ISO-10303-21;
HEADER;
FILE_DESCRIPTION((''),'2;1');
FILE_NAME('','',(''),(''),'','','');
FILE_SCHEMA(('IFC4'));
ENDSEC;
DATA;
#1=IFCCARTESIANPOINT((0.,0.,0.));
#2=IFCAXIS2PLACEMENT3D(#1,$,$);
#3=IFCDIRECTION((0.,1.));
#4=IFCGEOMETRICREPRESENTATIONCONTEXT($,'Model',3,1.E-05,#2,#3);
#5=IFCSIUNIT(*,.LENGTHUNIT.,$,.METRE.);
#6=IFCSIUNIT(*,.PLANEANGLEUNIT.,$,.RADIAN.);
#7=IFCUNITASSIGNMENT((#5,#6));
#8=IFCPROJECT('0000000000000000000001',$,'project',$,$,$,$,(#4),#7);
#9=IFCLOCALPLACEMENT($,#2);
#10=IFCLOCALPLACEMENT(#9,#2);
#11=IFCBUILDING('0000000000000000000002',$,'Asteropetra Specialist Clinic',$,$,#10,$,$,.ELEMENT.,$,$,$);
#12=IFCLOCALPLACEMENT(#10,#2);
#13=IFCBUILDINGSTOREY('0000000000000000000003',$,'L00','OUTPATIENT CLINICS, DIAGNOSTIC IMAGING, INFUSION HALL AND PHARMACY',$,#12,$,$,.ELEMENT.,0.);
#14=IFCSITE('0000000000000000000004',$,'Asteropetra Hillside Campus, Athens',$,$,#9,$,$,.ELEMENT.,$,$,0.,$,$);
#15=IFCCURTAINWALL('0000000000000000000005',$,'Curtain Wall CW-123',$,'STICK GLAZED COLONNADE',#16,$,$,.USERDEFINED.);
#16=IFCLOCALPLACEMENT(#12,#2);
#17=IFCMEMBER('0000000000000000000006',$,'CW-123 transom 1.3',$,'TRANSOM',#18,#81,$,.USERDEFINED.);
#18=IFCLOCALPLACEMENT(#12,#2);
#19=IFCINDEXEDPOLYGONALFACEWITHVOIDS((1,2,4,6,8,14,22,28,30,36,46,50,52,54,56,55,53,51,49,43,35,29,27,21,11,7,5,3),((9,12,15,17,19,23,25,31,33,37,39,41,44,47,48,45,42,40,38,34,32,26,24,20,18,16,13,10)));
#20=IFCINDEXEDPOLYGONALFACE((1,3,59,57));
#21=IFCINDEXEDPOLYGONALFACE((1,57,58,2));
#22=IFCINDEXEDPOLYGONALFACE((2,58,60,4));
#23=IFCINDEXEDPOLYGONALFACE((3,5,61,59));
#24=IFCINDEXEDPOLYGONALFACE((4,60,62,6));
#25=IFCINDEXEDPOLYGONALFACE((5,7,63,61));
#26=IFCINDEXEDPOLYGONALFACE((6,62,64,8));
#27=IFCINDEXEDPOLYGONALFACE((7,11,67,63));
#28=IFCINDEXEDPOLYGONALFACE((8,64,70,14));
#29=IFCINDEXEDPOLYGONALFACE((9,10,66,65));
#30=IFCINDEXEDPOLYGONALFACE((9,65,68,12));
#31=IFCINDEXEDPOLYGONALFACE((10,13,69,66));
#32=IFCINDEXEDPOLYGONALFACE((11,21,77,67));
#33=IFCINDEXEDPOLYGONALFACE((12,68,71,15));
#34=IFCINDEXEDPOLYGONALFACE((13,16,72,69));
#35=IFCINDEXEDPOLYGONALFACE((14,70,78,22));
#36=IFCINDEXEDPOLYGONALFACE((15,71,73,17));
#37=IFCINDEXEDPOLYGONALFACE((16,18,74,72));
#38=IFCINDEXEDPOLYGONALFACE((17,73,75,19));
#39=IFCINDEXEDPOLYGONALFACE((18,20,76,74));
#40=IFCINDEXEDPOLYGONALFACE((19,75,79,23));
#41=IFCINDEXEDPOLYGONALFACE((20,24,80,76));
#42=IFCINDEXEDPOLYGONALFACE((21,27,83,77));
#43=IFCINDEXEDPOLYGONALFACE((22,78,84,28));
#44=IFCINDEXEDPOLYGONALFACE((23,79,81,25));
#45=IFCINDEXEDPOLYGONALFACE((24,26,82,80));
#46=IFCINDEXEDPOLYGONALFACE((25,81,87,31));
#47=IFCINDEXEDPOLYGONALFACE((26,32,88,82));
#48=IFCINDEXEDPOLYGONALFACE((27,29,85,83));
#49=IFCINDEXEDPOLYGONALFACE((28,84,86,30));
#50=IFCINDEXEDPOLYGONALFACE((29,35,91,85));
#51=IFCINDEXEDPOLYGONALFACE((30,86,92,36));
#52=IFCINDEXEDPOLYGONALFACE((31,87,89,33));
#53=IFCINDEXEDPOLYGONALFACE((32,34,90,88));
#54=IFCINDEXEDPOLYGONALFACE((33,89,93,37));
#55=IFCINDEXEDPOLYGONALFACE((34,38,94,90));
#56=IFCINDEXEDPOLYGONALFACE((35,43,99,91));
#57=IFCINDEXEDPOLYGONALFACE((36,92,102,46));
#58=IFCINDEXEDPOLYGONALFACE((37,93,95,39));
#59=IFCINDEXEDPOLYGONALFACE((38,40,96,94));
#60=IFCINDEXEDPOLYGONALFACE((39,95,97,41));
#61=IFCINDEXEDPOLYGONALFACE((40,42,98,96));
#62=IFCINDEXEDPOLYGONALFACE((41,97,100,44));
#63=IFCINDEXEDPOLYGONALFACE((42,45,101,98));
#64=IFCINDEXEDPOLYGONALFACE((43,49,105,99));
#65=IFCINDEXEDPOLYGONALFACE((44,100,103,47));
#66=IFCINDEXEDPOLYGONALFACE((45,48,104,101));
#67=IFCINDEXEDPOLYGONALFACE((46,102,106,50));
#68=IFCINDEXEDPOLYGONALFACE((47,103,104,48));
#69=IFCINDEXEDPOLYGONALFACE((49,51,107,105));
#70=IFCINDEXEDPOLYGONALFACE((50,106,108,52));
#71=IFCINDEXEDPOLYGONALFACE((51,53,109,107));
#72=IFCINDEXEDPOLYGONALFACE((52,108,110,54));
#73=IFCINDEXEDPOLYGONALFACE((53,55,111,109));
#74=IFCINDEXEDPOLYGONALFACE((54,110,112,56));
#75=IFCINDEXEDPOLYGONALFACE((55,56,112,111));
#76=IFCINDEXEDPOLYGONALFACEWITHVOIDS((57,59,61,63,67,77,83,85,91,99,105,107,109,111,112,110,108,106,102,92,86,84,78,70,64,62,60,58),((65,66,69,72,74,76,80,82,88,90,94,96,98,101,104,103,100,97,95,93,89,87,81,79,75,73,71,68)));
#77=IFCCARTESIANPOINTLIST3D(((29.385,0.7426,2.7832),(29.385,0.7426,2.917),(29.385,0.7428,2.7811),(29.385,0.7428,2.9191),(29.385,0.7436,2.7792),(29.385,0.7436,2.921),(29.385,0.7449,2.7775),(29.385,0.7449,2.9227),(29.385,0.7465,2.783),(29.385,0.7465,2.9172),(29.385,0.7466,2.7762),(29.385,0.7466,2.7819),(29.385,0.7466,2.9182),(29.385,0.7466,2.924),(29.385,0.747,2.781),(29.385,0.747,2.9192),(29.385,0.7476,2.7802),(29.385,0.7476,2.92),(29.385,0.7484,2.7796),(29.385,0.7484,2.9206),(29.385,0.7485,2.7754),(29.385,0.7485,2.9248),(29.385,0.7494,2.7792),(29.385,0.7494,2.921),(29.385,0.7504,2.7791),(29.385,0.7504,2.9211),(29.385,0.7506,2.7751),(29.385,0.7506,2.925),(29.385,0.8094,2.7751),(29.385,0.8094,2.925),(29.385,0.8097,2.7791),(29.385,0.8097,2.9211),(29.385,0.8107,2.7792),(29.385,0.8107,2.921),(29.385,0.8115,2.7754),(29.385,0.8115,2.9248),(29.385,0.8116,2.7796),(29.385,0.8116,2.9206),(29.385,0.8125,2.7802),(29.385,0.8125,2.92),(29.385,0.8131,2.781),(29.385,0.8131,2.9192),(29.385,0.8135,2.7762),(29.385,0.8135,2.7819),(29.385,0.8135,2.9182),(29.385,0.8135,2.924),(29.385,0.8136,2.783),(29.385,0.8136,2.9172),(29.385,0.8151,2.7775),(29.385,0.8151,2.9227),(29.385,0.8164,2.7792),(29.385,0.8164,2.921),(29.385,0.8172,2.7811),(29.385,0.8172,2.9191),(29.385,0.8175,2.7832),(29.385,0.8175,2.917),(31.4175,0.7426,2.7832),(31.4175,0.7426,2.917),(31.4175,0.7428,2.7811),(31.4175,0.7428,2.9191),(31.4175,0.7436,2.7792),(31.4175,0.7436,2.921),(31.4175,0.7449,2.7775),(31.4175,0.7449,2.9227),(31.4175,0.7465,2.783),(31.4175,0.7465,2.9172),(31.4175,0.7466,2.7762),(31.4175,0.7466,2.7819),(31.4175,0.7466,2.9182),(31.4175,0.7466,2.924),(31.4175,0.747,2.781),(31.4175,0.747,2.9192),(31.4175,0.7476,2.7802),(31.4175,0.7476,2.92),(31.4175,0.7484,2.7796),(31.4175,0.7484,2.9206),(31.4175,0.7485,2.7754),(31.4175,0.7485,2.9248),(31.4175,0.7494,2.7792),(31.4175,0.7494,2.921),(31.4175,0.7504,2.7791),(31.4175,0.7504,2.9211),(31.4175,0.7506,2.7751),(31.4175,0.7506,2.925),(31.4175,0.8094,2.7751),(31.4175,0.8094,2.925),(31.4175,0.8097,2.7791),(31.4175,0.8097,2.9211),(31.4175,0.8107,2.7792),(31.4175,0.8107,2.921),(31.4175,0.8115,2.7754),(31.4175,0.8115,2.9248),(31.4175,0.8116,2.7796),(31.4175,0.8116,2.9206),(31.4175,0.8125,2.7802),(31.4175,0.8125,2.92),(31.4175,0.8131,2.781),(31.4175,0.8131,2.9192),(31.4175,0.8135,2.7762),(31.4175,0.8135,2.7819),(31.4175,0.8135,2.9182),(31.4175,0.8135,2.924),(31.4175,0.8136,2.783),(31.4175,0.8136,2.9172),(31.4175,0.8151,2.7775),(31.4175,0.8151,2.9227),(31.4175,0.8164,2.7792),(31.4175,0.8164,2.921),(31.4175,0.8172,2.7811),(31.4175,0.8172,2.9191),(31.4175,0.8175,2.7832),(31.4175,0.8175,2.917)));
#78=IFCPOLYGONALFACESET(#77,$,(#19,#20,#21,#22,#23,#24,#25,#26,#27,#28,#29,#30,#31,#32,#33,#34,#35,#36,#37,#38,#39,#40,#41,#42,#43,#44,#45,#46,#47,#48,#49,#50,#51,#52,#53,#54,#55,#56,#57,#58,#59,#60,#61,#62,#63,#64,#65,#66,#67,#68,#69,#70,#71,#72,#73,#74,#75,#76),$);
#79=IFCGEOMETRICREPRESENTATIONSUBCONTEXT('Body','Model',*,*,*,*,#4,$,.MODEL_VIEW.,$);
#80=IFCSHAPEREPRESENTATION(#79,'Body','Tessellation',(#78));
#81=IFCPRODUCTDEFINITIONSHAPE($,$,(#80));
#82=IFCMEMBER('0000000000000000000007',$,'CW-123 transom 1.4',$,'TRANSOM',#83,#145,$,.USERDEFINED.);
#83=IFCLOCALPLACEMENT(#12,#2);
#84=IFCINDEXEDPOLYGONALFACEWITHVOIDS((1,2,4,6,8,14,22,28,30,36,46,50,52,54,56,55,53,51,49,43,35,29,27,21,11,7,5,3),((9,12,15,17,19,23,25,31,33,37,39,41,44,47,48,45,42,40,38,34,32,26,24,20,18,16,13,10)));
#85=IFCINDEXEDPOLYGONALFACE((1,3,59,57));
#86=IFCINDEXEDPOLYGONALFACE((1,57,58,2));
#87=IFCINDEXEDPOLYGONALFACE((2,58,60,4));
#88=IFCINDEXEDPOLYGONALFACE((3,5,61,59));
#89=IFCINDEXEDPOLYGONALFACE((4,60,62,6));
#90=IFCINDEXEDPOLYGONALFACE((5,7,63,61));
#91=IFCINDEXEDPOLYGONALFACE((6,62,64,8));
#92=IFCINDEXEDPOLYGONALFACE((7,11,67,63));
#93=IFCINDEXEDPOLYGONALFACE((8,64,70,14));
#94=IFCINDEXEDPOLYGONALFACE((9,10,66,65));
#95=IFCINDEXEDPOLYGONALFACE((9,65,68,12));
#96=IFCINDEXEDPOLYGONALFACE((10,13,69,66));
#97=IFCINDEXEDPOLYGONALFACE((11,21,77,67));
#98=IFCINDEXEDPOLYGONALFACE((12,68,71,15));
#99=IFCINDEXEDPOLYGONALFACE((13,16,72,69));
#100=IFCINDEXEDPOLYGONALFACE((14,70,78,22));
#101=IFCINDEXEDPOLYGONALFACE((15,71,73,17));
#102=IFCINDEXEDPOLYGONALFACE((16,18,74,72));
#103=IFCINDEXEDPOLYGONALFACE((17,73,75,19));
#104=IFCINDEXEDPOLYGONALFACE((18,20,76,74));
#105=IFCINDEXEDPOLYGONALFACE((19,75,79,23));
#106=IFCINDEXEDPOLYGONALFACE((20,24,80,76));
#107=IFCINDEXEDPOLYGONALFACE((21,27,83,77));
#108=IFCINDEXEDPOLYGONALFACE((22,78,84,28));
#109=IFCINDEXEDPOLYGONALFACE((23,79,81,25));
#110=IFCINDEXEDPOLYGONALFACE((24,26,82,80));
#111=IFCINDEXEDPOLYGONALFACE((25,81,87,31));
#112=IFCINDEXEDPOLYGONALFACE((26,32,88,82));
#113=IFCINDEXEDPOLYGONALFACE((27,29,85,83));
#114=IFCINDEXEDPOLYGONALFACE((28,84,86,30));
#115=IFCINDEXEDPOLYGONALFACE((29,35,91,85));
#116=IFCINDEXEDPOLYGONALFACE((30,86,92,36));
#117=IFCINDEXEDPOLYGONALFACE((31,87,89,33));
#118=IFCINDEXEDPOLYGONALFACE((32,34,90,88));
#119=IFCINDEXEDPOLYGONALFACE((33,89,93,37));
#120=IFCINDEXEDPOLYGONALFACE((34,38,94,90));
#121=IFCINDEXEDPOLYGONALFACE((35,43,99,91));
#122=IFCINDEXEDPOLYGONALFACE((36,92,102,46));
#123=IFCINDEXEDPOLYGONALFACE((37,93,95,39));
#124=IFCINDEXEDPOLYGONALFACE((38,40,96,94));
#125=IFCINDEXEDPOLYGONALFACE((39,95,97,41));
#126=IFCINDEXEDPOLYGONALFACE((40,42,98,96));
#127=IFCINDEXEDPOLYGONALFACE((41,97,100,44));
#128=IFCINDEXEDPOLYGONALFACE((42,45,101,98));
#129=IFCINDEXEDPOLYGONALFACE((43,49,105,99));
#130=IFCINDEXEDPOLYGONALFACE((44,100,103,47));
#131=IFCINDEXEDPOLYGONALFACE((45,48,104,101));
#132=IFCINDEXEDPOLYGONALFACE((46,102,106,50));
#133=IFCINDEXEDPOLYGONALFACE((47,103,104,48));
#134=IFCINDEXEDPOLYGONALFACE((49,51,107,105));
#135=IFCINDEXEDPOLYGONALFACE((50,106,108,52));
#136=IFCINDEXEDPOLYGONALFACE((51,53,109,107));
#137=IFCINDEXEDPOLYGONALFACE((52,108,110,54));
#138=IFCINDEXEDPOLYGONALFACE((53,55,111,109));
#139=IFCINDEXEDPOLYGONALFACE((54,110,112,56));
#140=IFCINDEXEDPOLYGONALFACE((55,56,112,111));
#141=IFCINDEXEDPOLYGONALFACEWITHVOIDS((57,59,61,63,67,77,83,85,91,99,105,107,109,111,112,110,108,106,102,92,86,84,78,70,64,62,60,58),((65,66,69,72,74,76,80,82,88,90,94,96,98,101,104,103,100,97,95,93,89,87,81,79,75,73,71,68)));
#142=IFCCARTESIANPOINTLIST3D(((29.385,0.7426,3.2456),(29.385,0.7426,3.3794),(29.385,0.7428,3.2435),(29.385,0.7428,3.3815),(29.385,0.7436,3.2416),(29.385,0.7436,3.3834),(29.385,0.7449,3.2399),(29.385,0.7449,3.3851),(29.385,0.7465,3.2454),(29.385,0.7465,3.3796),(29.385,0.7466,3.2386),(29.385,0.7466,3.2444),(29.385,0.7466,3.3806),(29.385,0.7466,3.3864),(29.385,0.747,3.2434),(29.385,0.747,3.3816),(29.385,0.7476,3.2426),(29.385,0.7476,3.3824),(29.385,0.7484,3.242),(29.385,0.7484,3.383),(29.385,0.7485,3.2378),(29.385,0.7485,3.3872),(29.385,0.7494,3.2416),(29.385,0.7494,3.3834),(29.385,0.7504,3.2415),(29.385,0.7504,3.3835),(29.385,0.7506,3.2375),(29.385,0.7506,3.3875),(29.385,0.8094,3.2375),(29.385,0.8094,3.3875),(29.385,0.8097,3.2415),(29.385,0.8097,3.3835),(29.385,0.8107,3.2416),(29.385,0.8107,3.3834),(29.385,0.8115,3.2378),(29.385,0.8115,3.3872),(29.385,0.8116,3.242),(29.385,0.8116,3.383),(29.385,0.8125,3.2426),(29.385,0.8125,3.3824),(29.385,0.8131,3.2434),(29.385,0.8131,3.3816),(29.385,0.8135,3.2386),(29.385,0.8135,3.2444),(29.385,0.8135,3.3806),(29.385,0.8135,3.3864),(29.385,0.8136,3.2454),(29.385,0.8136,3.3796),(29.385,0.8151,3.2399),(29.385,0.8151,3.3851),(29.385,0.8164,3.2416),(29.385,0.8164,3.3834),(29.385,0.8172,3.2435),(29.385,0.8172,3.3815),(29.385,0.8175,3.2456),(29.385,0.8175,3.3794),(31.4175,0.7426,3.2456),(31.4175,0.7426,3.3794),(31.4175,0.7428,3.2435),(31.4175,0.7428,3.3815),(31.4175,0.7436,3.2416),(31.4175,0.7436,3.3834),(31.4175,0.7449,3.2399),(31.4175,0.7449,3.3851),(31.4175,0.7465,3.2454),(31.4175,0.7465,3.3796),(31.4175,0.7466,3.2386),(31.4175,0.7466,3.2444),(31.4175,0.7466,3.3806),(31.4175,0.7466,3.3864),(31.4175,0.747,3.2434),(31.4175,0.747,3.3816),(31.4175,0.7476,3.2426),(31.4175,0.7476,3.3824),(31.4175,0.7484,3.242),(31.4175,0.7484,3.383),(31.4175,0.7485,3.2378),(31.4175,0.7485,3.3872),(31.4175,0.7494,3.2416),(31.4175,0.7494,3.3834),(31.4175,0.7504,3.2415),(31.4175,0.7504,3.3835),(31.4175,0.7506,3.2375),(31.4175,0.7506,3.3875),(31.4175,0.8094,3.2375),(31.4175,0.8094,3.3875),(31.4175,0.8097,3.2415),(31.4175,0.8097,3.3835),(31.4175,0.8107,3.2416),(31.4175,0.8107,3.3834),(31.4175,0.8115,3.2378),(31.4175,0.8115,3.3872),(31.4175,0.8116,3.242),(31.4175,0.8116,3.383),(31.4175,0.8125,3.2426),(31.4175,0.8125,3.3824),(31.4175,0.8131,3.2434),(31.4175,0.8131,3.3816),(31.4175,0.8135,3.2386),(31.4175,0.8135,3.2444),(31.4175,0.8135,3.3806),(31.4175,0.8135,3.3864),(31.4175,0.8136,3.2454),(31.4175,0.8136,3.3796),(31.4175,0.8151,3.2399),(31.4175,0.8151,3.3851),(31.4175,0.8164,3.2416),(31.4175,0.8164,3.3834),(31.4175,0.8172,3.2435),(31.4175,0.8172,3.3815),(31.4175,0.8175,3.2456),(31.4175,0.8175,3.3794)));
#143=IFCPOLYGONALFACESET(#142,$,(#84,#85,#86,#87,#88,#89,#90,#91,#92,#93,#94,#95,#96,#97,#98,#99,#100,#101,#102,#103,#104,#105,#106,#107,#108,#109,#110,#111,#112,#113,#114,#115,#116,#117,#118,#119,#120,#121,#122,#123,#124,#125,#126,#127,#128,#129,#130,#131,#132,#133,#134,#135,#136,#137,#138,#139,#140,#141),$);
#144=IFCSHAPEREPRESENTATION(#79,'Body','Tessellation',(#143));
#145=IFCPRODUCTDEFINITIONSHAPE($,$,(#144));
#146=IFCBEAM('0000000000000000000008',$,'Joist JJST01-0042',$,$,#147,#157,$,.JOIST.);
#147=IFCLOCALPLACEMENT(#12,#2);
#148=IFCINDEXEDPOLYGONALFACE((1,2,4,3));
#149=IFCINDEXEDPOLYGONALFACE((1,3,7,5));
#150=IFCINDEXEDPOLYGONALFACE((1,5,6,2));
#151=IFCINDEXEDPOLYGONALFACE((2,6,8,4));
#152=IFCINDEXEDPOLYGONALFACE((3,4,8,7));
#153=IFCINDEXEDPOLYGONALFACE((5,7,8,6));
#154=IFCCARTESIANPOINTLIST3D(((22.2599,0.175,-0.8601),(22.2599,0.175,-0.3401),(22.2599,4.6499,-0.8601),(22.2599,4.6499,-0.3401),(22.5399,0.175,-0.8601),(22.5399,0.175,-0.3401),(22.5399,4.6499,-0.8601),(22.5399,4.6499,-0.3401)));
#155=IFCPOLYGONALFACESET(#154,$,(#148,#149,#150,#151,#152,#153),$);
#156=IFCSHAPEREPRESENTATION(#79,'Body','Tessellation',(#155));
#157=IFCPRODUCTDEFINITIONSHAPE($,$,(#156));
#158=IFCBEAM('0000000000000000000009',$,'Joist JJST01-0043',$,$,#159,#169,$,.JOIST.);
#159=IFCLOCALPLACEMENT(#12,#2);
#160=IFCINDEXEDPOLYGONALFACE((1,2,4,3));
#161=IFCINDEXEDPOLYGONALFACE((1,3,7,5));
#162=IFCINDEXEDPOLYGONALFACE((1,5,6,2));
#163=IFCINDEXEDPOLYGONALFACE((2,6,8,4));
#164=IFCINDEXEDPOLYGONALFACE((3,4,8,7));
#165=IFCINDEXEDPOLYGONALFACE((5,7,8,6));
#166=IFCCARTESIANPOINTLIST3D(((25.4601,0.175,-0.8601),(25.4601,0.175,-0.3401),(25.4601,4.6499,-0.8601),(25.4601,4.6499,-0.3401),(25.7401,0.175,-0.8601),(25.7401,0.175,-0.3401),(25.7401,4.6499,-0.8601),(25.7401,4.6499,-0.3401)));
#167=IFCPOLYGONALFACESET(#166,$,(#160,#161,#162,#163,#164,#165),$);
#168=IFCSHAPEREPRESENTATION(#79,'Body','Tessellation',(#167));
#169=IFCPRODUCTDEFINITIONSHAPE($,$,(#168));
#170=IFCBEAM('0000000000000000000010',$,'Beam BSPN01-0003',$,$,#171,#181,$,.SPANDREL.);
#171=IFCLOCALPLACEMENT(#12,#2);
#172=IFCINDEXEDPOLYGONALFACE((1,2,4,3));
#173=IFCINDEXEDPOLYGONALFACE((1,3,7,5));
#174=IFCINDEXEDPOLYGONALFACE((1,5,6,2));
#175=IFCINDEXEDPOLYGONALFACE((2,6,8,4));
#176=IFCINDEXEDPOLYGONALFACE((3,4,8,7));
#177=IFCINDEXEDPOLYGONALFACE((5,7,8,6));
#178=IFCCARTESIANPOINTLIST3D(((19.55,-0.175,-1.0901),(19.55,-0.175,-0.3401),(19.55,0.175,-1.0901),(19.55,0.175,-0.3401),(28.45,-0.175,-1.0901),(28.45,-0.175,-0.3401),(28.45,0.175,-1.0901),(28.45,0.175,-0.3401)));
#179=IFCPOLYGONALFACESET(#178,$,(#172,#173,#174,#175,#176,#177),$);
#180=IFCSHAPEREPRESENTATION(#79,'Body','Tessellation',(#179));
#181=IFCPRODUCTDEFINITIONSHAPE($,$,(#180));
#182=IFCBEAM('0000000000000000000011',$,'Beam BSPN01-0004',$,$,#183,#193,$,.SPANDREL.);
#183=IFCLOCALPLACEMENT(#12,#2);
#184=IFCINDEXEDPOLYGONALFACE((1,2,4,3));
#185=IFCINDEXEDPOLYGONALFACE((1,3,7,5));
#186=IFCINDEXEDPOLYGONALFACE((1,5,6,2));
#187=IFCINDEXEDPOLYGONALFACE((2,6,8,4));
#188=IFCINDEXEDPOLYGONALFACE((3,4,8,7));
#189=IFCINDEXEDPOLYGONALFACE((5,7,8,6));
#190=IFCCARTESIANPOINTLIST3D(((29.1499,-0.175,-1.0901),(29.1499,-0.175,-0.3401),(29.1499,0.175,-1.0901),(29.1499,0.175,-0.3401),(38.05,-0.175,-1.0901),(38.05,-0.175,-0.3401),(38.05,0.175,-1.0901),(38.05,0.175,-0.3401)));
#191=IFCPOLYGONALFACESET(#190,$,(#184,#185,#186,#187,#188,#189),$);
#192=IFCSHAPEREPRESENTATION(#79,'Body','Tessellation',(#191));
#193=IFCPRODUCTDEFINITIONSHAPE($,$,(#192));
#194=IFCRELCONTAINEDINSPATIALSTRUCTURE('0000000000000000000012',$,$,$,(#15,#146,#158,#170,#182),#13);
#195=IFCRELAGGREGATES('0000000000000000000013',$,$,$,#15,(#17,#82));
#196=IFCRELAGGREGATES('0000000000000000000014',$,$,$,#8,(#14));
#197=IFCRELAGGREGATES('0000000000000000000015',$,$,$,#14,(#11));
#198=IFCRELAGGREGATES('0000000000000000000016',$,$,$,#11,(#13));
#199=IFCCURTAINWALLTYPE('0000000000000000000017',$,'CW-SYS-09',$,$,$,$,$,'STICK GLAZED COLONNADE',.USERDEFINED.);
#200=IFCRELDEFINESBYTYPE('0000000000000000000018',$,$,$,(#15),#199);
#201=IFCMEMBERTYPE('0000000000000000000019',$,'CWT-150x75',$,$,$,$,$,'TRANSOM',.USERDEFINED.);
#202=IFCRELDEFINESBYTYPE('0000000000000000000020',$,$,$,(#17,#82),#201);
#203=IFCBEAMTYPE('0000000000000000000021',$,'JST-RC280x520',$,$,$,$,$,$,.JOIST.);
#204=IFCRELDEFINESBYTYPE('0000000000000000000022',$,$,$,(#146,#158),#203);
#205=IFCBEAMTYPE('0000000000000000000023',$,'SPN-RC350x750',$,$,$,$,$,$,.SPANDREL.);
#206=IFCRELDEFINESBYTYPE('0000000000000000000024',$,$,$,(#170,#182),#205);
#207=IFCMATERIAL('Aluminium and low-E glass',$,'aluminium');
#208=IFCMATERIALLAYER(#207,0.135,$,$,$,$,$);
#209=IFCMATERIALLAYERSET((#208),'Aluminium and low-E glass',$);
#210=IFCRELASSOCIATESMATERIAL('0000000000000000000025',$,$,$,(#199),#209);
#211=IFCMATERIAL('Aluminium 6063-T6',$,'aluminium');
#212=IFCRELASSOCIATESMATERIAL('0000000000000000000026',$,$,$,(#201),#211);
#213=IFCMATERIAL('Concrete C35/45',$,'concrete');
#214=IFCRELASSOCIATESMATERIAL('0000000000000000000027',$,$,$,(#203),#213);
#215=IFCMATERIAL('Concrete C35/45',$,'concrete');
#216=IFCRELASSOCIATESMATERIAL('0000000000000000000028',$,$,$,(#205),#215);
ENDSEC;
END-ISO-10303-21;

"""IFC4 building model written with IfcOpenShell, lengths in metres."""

from ifc_helpers import new_model, si_unit, direction, frame, origin, origin_2d, place, context, subcontext, project, spatial, rectangle, hollow_rectangle, extrude, material, layer, layer_set, material_profile, profile_set, type_object, element, aggregate, save


model = new_model("IFC4")

# Units and contexts
model_context = context("Model", 3, precision=1e-05, world=origin(), true_north=direction((0.0, 1.0)))
body_context = subcontext(model_context, "Body", "Model", "MODEL_VIEW")
ifc_project = project(units=[si_unit("LENGTHUNIT", "METRE"), si_unit("PLANEANGLEUNIT", "RADIAN")], contexts=[model_context])

# Site, building, storey
site_placement = place(None, origin())
site = spatial("IfcSite", under=ifc_project, at=site_placement, Name="Asteropetra Hillside Campus, Athens", CompositionType="ELEMENT", RefElevation=0.0)
building_placement = place(site_placement, origin())
building = spatial("IfcBuilding", under=site, at=building_placement, Name="Asteropetra Specialist Clinic", CompositionType="ELEMENT")
storey_placement = place(building_placement, origin())
storey = spatial("IfcBuildingStorey", under=building, at=storey_placement, Name="L00", Description="OUTPATIENT CLINICS, DIAGNOSTIC IMAGING, INFUSION HALL AND PHARMACY", CompositionType="ELEMENT", Elevation=0.0)

# Curtain wall, members
ifc_material_1 = material(Name="Aluminium and low-E glass", Category="aluminium")
ifc_layer_1 = layer(ifc_material_1, 0.135)
ifc_layer_set_1 = layer_set([ifc_layer_1], Name="Aluminium and low-E glass")
curtain_wall_type = type_object("IfcCurtainWallType", Name="CW-SYS-09", ElementType="STICK GLAZED COLONNADE", PredefinedType="USERDEFINED", material=ifc_layer_set_1)
curtain_wall_placement = place(storey_placement, origin())
curtain_wall = element("IfcCurtainWall", 1, at=curtain_wall_placement, inside=storey, type_object=curtain_wall_type, Name="Curtain Wall CW-123", ObjectType="STICK GLAZED COLONNADE", PredefinedType="USERDEFINED")
ifc_material_2 = material(Name="Aluminium 6063-T6", Category="aluminium")
ifc_material_profile_1 = material_profile(ifc_material_2, hollow_rectangle(XDim=0.075, YDim=0.1499, WallThickness=0.0039, InnerFilletRadius=0.0039, OuterFilletRadius=0.0081, at=origin_2d()), Name="TRN 150x75x4.0")
ifc_profile_set_1 = profile_set([ifc_material_profile_1], Name="Aluminium 6063-T6")
member_type_1 = type_object("IfcMemberType", Name="CWT-150x75", ElementType="TRANSOM", PredefinedType="USERDEFINED", material=ifc_profile_set_1)
member_1_placement = place(storey_placement, frame((29.385, 0.78, 2.8501), z_axis=(1.0, 0.0, 0.0), x_axis=(0.0, 1.0, 0.0)))
member_1 = element("IfcMember", 2, at=member_1_placement, type_object=member_type_1, Name="CW-123 transom 1.3", ObjectType="TRANSOM", PredefinedType="USERDEFINED", context=body_context, shape_type="SweptSolid", body=[
    extrude(hollow_rectangle(XDim=0.075, YDim=0.1499, WallThickness=0.0039, InnerFilletRadius=0.0039, OuterFilletRadius=0.0081, at=origin_2d()), origin(), (0.0, 0.0, 1.0), 2.0325),
])
member_2_placement = place(storey_placement, frame((29.385, 0.78, 3.3125), z_axis=(1.0, 0.0, 0.0), x_axis=(0.0, 1.0, 0.0)))
member_2 = element("IfcMember", 3, at=member_2_placement, type_object=member_type_1, Name="CW-123 transom 1.4", ObjectType="TRANSOM", PredefinedType="USERDEFINED", context=body_context, shape_type="SweptSolid", body=[
    extrude(hollow_rectangle(XDim=0.075, YDim=0.1499, WallThickness=0.0039, InnerFilletRadius=0.0039, OuterFilletRadius=0.0081, at=origin_2d()), origin(), (0.0, 0.0, 1.0), 2.0325),
])

# Beams
ifc_material_3 = material(Name="Concrete C35/45", Category="concrete")
ifc_material_profile_2 = material_profile(ifc_material_3, rectangle(XDim=0.28, YDim=0.52, at=origin_2d()), Name="RCJ 280x520")
ifc_profile_set_2 = profile_set([ifc_material_profile_2], Name="Concrete C35/45")
beam_type_1 = type_object("IfcBeamType", Name="JST-RC280x520", PredefinedType="JOIST", material=ifc_profile_set_2)
for number, where, z_axis, x_axis, name in (
    (4, (22.3999, 0.175, -0.6001), (0.0, 1.0, 0.0), (-1.0, 0.0, 0.0), "Joist JJST01-0042"),
    (5, (25.6001, 0.175, -0.6001), (0.0, 1.0, 0.0), (-1.0, 0.0, 0.0), "Joist JJST01-0043"),
):
    element("IfcBeam", number, at=place(storey_placement, frame(where, z_axis=z_axis, x_axis=x_axis)), inside=storey, type_object=beam_type_1, Name=name, PredefinedType="JOIST", context=body_context, shape_type="SweptSolid", body=[
        extrude(rectangle(XDim=0.28, YDim=0.52, at=origin_2d()), origin(), (0.0, 0.0, 1.0), 4.4749),
    ])
ifc_material_4 = material(Name="Concrete C35/45", Category="concrete")
ifc_material_profile_3 = material_profile(ifc_material_4, rectangle(XDim=0.3501, YDim=0.75, at=origin_2d()), Name="RCS 350x750")
ifc_profile_set_3 = profile_set([ifc_material_profile_3], Name="Concrete C35/45")
beam_type_2 = type_object("IfcBeamType", Name="SPN-RC350x750", PredefinedType="SPANDREL", material=ifc_profile_set_3)
beam_1_placement = place(storey_placement, frame((19.55, 0.0, -0.7151), z_axis=(1.0, 0.0, 0.0), x_axis=(0.0, 1.0, 0.0)))
element("IfcBeam", 6, at=beam_1_placement, inside=storey, type_object=beam_type_2, Name="Beam BSPN01-0003", PredefinedType="SPANDREL", context=body_context, shape_type="SweptSolid", body=[
    extrude(rectangle(XDim=0.3501, YDim=0.75, at=origin_2d()), origin(), (0.0, 0.0, 1.0), 8.8999),
])
beam_2_placement = place(storey_placement, frame((29.1499, 0.0, -0.7151), z_axis=(1.0, 0.0, 0.0), x_axis=(0.0, 1.0, 0.0)))
element("IfcBeam", 7, at=beam_2_placement, inside=storey, type_object=beam_type_2, Name="Beam BSPN01-0004", PredefinedType="SPANDREL", context=body_context, shape_type="SweptSolid", body=[
    extrude(rectangle(XDim=0.3501, YDim=0.75, at=origin_2d()), origin(), (0.0, 0.0, 1.0), 8.9001),
])

aggregate(curtain_wall, [member_1, member_2])

save(model, "model.ifc")
